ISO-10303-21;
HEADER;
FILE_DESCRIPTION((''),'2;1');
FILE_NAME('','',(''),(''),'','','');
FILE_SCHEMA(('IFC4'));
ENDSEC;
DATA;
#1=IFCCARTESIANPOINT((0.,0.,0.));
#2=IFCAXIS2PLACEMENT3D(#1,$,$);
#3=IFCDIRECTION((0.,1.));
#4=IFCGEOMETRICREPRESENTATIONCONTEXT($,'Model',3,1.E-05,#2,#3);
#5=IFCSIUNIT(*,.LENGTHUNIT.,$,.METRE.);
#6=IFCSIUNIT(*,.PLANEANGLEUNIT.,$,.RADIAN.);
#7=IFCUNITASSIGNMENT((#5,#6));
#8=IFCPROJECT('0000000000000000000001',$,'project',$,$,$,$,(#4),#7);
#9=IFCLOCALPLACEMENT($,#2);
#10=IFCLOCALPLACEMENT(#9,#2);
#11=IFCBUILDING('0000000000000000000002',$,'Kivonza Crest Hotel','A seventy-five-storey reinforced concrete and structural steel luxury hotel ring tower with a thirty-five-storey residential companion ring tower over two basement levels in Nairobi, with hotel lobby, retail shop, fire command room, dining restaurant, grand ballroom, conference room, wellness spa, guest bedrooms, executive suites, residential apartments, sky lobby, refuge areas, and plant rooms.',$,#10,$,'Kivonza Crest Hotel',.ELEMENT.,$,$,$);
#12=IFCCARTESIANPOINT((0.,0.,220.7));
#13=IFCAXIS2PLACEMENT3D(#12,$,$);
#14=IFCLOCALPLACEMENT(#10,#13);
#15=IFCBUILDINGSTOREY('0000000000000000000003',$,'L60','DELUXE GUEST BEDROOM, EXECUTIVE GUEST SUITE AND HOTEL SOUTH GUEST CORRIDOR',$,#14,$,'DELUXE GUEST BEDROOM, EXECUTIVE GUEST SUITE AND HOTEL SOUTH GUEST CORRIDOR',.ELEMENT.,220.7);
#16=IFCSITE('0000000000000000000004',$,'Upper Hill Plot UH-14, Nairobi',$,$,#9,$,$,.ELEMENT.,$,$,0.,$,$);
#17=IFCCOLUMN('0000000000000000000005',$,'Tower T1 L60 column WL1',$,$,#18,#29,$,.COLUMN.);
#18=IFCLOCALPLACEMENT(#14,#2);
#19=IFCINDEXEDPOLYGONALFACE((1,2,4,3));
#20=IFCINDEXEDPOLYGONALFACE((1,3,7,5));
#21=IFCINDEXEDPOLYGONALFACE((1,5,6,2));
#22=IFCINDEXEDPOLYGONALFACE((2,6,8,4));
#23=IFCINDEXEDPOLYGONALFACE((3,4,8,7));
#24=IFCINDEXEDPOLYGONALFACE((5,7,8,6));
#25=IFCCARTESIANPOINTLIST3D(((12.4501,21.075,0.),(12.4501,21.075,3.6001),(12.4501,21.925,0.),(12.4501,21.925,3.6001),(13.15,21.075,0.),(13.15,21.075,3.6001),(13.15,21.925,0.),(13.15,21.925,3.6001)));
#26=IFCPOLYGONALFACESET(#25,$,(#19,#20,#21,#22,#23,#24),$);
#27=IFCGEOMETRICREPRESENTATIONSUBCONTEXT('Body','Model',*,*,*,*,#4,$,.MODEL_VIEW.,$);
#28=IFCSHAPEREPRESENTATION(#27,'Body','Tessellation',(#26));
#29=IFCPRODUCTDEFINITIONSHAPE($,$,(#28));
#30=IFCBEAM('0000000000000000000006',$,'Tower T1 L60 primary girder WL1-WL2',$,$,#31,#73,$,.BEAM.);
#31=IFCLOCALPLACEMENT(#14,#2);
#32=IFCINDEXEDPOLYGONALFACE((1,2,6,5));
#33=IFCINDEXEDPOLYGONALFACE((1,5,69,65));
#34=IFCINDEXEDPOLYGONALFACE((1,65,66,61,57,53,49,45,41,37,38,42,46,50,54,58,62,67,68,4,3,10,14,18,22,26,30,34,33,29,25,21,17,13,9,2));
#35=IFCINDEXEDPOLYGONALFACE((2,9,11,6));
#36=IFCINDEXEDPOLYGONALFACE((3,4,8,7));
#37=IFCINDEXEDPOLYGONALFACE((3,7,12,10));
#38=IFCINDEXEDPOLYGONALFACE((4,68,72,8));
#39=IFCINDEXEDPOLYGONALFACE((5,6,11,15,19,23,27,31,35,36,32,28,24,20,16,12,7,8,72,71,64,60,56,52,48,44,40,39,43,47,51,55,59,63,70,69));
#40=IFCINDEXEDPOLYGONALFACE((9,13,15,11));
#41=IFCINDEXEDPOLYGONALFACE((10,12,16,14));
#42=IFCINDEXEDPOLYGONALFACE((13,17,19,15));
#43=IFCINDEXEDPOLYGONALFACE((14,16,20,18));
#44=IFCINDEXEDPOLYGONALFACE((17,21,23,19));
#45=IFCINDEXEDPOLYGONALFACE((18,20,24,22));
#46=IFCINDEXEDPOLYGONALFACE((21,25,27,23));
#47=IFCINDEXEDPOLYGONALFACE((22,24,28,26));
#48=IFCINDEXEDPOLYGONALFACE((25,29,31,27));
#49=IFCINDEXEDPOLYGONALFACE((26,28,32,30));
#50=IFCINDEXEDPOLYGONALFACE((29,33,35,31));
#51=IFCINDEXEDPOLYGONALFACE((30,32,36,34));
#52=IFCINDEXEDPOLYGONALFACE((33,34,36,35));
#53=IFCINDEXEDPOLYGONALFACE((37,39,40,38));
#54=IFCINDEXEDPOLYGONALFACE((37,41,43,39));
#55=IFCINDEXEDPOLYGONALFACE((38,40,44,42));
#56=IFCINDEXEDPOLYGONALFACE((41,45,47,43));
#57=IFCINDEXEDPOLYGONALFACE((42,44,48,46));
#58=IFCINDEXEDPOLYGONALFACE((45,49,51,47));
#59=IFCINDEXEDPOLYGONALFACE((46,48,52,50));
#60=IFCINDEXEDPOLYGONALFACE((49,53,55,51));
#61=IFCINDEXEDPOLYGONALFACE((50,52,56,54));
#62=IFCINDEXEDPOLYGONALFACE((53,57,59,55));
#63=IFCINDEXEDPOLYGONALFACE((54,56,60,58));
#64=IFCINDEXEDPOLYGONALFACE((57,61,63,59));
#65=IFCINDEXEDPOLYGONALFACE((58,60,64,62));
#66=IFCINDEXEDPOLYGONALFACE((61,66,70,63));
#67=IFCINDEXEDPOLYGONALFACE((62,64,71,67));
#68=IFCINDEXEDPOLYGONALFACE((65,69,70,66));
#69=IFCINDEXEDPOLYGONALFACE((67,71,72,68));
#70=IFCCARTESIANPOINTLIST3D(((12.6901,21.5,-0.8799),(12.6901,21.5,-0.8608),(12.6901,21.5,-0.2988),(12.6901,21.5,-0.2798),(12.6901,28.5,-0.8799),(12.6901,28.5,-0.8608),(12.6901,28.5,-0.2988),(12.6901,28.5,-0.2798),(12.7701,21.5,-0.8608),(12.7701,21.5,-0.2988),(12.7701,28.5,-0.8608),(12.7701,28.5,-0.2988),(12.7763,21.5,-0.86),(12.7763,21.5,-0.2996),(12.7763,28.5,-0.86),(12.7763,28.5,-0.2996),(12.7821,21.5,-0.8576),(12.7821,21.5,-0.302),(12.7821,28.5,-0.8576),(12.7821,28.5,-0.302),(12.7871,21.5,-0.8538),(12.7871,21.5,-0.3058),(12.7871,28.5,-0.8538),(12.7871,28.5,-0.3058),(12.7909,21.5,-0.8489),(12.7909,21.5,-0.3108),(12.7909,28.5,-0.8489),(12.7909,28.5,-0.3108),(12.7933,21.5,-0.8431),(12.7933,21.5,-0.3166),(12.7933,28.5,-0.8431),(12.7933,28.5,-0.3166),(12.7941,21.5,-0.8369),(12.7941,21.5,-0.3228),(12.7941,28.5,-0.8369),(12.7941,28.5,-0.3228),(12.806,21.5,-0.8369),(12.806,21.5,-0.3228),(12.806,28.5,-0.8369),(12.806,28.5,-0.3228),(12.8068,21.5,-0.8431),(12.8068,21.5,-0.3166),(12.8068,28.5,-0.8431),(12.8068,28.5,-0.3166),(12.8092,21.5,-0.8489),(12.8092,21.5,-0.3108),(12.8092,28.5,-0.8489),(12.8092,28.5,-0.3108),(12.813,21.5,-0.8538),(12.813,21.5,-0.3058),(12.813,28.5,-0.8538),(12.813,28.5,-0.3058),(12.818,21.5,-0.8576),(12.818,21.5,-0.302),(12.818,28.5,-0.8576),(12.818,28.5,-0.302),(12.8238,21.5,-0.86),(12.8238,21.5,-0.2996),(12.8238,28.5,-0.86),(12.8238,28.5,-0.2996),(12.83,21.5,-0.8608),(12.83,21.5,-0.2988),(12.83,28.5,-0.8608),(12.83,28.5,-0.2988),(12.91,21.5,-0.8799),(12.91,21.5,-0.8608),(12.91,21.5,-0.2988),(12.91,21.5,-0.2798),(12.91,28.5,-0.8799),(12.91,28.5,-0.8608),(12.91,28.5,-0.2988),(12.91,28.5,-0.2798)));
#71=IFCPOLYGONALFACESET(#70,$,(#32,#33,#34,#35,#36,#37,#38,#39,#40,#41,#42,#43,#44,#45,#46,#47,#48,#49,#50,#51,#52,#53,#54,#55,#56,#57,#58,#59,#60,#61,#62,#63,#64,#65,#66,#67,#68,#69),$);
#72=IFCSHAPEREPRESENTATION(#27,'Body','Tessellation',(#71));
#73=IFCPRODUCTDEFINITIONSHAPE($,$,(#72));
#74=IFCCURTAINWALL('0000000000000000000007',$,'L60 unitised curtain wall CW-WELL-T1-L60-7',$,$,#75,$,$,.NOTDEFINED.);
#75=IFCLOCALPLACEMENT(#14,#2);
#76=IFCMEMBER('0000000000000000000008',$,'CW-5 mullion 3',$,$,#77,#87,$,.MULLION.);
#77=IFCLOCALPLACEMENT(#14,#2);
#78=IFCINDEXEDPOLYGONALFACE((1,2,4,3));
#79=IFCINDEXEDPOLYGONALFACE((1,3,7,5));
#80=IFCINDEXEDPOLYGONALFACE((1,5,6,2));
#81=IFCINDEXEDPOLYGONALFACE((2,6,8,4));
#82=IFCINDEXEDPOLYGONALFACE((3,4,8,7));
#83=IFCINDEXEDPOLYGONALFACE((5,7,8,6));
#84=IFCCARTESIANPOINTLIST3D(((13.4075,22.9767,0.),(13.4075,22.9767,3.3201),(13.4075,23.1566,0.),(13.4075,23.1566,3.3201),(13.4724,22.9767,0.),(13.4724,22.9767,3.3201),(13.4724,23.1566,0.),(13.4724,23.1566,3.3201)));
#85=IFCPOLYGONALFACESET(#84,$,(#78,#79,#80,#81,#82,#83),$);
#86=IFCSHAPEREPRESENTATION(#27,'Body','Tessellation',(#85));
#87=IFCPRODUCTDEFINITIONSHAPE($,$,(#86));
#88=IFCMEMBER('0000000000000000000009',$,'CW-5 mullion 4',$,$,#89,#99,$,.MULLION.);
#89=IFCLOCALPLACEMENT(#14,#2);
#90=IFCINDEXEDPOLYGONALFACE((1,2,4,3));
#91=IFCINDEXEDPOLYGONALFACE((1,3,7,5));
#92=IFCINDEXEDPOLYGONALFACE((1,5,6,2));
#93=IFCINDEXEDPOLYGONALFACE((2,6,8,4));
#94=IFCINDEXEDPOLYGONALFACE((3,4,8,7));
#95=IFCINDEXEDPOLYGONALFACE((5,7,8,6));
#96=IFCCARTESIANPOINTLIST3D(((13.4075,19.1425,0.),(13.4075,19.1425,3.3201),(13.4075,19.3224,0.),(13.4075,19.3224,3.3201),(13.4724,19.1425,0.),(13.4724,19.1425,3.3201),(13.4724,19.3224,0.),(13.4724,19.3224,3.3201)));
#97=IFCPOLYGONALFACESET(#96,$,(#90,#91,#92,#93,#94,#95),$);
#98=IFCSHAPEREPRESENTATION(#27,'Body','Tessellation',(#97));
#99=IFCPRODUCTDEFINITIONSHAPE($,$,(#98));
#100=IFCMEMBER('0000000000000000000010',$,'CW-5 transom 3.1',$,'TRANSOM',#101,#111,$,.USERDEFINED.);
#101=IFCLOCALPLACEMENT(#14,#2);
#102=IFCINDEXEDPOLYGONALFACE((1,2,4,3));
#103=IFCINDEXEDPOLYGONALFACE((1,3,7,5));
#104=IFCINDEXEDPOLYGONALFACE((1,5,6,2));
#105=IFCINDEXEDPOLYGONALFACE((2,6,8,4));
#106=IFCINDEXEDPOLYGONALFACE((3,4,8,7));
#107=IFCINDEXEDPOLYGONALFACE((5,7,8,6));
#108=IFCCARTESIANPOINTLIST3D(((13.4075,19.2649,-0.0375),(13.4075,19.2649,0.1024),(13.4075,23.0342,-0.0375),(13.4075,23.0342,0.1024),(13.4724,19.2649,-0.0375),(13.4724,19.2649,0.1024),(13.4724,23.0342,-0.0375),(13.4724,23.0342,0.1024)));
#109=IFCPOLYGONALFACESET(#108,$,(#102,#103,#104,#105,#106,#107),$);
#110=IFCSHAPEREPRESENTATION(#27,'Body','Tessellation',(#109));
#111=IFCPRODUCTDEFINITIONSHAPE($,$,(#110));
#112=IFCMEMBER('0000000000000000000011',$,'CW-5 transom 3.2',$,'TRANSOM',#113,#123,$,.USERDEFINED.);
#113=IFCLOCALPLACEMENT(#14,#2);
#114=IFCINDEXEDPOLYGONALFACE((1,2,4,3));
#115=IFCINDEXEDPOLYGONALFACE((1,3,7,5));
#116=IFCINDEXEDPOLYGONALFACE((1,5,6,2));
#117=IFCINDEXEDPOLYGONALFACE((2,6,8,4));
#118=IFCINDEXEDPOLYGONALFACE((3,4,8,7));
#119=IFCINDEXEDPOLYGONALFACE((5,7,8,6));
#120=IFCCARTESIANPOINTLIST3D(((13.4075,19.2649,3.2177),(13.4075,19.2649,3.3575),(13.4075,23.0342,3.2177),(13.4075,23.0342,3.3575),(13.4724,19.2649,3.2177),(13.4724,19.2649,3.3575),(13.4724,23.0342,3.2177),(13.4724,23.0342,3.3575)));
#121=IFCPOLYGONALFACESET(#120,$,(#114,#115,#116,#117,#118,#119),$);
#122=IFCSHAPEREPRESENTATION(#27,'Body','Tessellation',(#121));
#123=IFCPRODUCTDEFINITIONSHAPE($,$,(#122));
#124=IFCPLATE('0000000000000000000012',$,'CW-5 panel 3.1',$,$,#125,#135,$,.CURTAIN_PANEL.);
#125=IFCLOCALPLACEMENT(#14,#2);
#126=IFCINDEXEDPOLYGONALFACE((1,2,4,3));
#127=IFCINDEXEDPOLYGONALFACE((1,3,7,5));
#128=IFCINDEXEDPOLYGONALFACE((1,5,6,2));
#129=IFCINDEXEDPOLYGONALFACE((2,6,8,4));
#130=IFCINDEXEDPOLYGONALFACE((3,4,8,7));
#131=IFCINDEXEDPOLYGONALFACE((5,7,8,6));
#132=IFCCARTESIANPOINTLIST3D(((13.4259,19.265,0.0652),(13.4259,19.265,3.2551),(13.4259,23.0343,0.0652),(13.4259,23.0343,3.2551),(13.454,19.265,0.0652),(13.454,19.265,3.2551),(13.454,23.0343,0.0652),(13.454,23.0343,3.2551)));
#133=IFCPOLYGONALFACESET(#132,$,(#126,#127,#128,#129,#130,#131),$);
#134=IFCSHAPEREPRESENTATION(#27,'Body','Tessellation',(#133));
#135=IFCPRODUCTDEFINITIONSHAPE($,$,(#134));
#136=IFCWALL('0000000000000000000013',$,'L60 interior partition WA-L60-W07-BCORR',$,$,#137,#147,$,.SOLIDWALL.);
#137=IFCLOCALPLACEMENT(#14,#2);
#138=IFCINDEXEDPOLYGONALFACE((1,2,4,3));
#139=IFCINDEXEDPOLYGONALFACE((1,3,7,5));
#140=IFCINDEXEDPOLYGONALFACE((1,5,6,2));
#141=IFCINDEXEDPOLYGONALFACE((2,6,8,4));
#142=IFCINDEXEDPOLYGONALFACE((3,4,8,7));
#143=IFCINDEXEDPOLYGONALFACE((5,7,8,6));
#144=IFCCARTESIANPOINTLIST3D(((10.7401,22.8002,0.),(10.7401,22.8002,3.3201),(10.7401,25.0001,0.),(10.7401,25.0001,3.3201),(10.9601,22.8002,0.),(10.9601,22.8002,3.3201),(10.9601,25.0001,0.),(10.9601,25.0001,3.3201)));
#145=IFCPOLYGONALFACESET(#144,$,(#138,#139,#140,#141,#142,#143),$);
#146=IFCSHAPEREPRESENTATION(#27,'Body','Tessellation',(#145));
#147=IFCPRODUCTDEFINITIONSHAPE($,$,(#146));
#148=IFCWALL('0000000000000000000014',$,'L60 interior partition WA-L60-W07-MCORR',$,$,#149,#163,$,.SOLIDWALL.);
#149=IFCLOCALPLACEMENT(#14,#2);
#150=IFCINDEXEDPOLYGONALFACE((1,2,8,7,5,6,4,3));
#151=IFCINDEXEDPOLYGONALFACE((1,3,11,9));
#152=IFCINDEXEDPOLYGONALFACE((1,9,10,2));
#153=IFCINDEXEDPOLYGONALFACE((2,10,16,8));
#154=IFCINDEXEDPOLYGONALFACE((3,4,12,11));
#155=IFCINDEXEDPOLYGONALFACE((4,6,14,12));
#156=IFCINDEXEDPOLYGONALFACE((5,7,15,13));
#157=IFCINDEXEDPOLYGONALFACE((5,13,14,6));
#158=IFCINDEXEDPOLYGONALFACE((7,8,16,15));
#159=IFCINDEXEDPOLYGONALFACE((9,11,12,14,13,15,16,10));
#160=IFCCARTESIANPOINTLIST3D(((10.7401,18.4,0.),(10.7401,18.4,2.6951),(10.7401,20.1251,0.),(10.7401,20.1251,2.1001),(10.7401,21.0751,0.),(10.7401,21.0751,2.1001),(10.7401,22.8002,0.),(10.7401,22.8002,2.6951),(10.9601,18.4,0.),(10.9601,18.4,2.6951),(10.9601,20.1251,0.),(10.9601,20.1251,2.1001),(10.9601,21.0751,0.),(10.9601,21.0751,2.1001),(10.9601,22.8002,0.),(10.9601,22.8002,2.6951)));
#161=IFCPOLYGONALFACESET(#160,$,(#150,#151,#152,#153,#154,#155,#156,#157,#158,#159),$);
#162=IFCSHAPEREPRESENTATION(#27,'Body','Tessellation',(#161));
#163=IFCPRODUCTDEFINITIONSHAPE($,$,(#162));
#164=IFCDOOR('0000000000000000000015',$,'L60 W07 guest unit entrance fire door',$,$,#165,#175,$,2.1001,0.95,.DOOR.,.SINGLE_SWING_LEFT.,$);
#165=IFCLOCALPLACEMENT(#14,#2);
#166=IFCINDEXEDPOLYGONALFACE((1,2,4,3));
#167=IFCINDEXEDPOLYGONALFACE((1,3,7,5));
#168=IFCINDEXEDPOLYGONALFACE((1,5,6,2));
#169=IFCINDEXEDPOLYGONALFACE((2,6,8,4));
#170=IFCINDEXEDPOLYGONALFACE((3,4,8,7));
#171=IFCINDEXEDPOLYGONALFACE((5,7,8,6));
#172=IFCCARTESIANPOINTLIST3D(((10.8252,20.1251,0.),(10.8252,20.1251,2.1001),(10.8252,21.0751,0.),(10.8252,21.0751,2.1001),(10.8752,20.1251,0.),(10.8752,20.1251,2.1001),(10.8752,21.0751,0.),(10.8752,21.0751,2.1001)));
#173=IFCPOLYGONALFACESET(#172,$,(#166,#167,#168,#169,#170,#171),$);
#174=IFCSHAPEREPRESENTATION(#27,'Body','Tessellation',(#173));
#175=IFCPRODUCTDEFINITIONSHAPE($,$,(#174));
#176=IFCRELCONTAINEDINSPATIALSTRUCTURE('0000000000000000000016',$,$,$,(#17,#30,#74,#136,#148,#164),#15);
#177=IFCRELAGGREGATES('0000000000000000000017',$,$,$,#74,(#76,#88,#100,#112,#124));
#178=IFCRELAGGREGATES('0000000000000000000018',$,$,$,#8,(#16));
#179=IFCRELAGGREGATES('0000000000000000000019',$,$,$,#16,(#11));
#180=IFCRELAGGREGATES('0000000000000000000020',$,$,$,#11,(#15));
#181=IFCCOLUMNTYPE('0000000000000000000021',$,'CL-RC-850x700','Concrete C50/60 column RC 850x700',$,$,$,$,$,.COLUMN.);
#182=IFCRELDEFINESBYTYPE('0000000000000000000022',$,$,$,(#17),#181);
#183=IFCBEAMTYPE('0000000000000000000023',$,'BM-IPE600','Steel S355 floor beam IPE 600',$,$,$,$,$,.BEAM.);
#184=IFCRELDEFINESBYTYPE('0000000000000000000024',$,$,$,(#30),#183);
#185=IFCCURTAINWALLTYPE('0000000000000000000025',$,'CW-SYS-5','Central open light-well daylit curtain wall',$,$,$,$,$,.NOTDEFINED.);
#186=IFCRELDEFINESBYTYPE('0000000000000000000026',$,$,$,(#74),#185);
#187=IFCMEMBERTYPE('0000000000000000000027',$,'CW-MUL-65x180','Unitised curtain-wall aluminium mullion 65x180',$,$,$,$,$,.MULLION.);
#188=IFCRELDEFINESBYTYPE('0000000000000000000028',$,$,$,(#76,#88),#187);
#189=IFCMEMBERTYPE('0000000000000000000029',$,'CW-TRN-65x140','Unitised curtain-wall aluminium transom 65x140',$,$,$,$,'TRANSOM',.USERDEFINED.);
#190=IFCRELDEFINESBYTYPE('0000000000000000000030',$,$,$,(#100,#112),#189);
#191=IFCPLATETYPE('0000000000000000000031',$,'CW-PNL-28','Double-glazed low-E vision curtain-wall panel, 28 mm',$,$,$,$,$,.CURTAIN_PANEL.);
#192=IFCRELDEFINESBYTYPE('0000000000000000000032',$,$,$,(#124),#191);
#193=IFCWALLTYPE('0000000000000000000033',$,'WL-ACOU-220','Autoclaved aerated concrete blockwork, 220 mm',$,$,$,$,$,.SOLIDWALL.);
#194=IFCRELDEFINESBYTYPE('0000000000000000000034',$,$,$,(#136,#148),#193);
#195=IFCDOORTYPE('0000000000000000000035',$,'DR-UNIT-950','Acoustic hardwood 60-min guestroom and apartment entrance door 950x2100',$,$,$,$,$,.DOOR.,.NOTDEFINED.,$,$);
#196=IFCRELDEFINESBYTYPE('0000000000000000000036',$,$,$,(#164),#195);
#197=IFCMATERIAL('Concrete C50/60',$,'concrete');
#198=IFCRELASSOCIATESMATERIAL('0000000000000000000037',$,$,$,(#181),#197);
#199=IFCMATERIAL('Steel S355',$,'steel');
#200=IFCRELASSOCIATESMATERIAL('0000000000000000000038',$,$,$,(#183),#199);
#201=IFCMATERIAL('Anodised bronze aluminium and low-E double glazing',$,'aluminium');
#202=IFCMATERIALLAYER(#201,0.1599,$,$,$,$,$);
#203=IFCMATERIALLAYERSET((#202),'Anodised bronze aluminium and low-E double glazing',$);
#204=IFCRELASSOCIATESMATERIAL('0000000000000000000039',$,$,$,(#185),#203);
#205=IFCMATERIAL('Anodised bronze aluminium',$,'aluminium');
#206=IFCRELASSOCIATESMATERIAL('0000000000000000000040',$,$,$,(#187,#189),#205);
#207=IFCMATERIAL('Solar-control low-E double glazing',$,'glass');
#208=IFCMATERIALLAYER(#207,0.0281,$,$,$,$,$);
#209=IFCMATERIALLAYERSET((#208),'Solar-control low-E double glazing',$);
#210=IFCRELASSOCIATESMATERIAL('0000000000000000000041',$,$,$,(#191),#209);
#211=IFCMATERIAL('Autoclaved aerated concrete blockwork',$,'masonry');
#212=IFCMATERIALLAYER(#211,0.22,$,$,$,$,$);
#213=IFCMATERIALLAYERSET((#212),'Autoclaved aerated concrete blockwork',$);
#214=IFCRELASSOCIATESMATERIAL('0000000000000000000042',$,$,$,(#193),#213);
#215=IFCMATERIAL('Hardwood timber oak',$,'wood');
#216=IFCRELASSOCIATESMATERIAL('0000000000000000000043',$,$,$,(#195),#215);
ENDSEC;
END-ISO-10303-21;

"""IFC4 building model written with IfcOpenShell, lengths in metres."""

from ifc_helpers import new_model, si_unit, direction, frame, frame_2d, origin, origin_2d, place, context, subcontext, project, spatial, rectangle, i_section, extrude, material, layer, layer_set, material_profile, profile_set, type_object, element, fill, aggregate, save


model = new_model("IFC4")

# Units and contexts
model_context = context("Model", 3, precision=1e-05, world=origin(), true_north=direction((0.0, 1.0)))
body_context = subcontext(model_context, "Body", "Model", "MODEL_VIEW")
ifc_project = project(units=[si_unit("LENGTHUNIT", "METRE"), si_unit("PLANEANGLEUNIT", "RADIAN")], contexts=[model_context])

# Site, building, storey
site_placement = place(None, origin())
site = spatial("IfcSite", under=ifc_project, at=site_placement, Name="Upper Hill Plot UH-14, Nairobi", CompositionType="ELEMENT", RefElevation=0.0)
building_placement = place(site_placement, origin())
building = spatial("IfcBuilding", under=site, at=building_placement, Name="Kivonza Crest Hotel", Description="A seventy-five-storey reinforced concrete and structural steel luxury hotel ring tower with a thirty-five-storey residential companion ring tower over two basement levels in Nairobi, with hotel lobby, retail shop, fire command room, dining restaurant, grand ballroom, conference room, wellness spa, guest bedrooms, executive suites, residential apartments, sky lobby, refuge areas, and plant rooms.", LongName="Kivonza Crest Hotel", CompositionType="ELEMENT")
storey_placement = place(building_placement, frame((0.0, 0.0, 220.7)))
storey = spatial("IfcBuildingStorey", under=building, at=storey_placement, Name="L60", Description="DELUXE GUEST BEDROOM, EXECUTIVE GUEST SUITE AND HOTEL SOUTH GUEST CORRIDOR", LongName="DELUXE GUEST BEDROOM, EXECUTIVE GUEST SUITE AND HOTEL SOUTH GUEST CORRIDOR", CompositionType="ELEMENT", Elevation=220.7)

# Column
ifc_material_1 = material(Name="Concrete C50/60", Category="concrete")
ifc_material_profile_1 = material_profile(ifc_material_1, rectangle(XDim=0.7, YDim=0.8501, at=origin_2d()), Name="RC 850x700")
ifc_profile_set_1 = profile_set([ifc_material_profile_1], Name="Concrete C50/60")
column_type = type_object("IfcColumnType", Name="CL-RC-850x700", Description="Concrete C50/60 column RC 850x700", PredefinedType="COLUMN", material=ifc_profile_set_1)
column_placement = place(storey_placement, frame((12.8, 21.5, 0.0), z_axis=(0.0, 0.0, 1.0), x_axis=(1.0, 0.0, 0.0)))
element("IfcColumn", 1, at=column_placement, inside=storey, type_object=column_type, Name="Tower T1 L60 column WL1", PredefinedType="COLUMN", context=body_context, shape_type="SweptSolid", body=[
    extrude(rectangle(XDim=0.7, YDim=0.8501, at=origin_2d()), origin(), (0.0, 0.0, 1.0), 3.6001),
])

# Beam
ifc_material_2 = material(Name="Steel S355", Category="steel")
ifc_material_profile_2 = material_profile(ifc_material_2, i_section(OverallWidth=0.22, OverallDepth=0.6001, WebThickness=0.012, FlangeThickness=0.019, FilletRadius=0.0239, at=origin_2d()), Name="IPE 600")
ifc_profile_set_2 = profile_set([ifc_material_profile_2], Name="Steel S355")
beam_type = type_object("IfcBeamType", Name="BM-IPE600", Description="Steel S355 floor beam IPE 600", PredefinedType="BEAM", material=ifc_profile_set_2)
beam_placement = place(storey_placement, frame((12.8, 21.5, -0.5798), z_axis=(0.0, 1.0, 0.0), x_axis=(-1.0, 0.0, 0.0)))
element("IfcBeam", 2, at=beam_placement, inside=storey, type_object=beam_type, Name="Tower T1 L60 primary girder WL1-WL2", PredefinedType="BEAM", context=body_context, shape_type="SweptSolid", body=[
    extrude(i_section(OverallWidth=0.22, OverallDepth=0.6001, WebThickness=0.012, FlangeThickness=0.019, FilletRadius=0.0239, at=origin_2d()), origin(), (0.0, 0.0, 1.0), 7.0),
])

# Curtain wall, members, plate
ifc_material_3 = material(Name="Anodised bronze aluminium and low-E double glazing", Category="aluminium")
ifc_layer_1 = layer(ifc_material_3, 0.1599)
ifc_layer_set_1 = layer_set([ifc_layer_1], Name="Anodised bronze aluminium and low-E double glazing")
curtain_wall_type = type_object("IfcCurtainWallType", Name="CW-SYS-5", Description="Central open light-well daylit curtain wall", PredefinedType="NOTDEFINED", material=ifc_layer_set_1)
curtain_wall_placement = place(storey_placement, origin())
curtain_wall = element("IfcCurtainWall", 3, at=curtain_wall_placement, inside=storey, type_object=curtain_wall_type, Name="L60 unitised curtain wall CW-WELL-T1-L60-7", PredefinedType="NOTDEFINED")
ifc_material_4 = material(Name="Anodised bronze aluminium", Category="aluminium")
ifc_material_profile_3 = material_profile(ifc_material_4, rectangle(XDim=0.0649, YDim=0.1799, at=origin_2d()), Name="CW-M 65x180")
ifc_profile_set_3 = profile_set([ifc_material_profile_3], Name="Anodised bronze aluminium")
member_type_1 = type_object("IfcMemberType", Name="CW-MUL-65x180", Description="Unitised curtain-wall aluminium mullion 65x180", PredefinedType="MULLION", material=ifc_profile_set_3)
member_1_placement = place(storey_placement, frame((13.4399, 23.0667, 0.0), z_axis=(0.0, 0.0, 1.0), x_axis=(1.0, 0.0, 0.0)))
member_1 = element("IfcMember", 4, at=member_1_placement, type_object=member_type_1, Name="CW-5 mullion 3", PredefinedType="MULLION", context=body_context, shape_type="SweptSolid", body=[
    extrude(rectangle(XDim=0.0649, YDim=0.1799, at=origin_2d()), origin(), (0.0, 0.0, 1.0), 3.3201),
])
member_2_placement = place(storey_placement, frame((13.4399, 19.2324, 0.0), z_axis=(0.0, 0.0, 1.0), x_axis=(1.0, 0.0, 0.0)))
member_2 = element("IfcMember", 5, at=member_2_placement, type_object=member_type_1, Name="CW-5 mullion 4", PredefinedType="MULLION", context=body_context, shape_type="SweptSolid", body=[
    extrude(rectangle(XDim=0.0649, YDim=0.1799, at=origin_2d()), origin(), (0.0, 0.0, 1.0), 3.3201),
])
ifc_material_profile_4 = material_profile(ifc_material_4, rectangle(XDim=0.0649, YDim=0.1399, at=origin_2d()), Name="CW-T 65x140")
ifc_profile_set_4 = profile_set([ifc_material_profile_4], Name="Anodised bronze aluminium")
member_type_2 = type_object("IfcMemberType", Name="CW-TRN-65x140", Description="Unitised curtain-wall aluminium transom 65x140", ElementType="TRANSOM", PredefinedType="USERDEFINED", material=ifc_profile_set_4)
member_3_placement = place(storey_placement, frame((13.4399, 23.0342, 0.0325), z_axis=(0.0, -1.0, 0.0), x_axis=(1.0, 0.0, 0.0)))
member_3 = element("IfcMember", 6, at=member_3_placement, type_object=member_type_2, Name="CW-5 transom 3.1", ObjectType="TRANSOM", PredefinedType="USERDEFINED", context=body_context, shape_type="SweptSolid", body=[
    extrude(rectangle(XDim=0.0649, YDim=0.1399, at=origin_2d()), origin(), (0.0, 0.0, 1.0), 3.7693),
])
member_4_placement = place(storey_placement, frame((13.4399, 23.0342, 3.2876), z_axis=(0.0, -1.0, 0.0), x_axis=(1.0, 0.0, 0.0)))
member_4 = element("IfcMember", 7, at=member_4_placement, type_object=member_type_2, Name="CW-5 transom 3.2", ObjectType="TRANSOM", PredefinedType="USERDEFINED", context=body_context, shape_type="SweptSolid", body=[
    extrude(rectangle(XDim=0.0649, YDim=0.1399, at=origin_2d()), origin(), (0.0, 0.0, 1.0), 3.7693),
])
ifc_material_5 = material(Name="Solar-control low-E double glazing", Category="glass")
ifc_layer_2 = layer(ifc_material_5, 0.0281)
ifc_layer_set_2 = layer_set([ifc_layer_2], Name="Solar-control low-E double glazing")
plate_type = type_object("IfcPlateType", Name="CW-PNL-28", Description="Double-glazed low-E vision curtain-wall panel, 28 mm", PredefinedType="CURTAIN_PANEL", material=ifc_layer_set_2)
plate_placement = place(storey_placement, frame((13.4399, 21.1497, 0.0652), z_axis=(0.0, 0.0, 1.0), x_axis=(0.0, -1.0, 0.0)))
plate = element("IfcPlate", 8, at=plate_placement, type_object=plate_type, Name="CW-5 panel 3.1", PredefinedType="CURTAIN_PANEL", context=body_context, shape_type="SweptSolid", body=[
    extrude(rectangle(XDim=3.7693, YDim=0.0281, at=origin_2d()), origin(), (0.0, 0.0, 1.0), 3.1899),
])
aggregate(curtain_wall, [member_1, member_2, member_3, member_4, plate])

# Wall
ifc_material_6 = material(Name="Autoclaved aerated concrete blockwork", Category="masonry")
ifc_layer_3 = layer(ifc_material_6, 0.22)
ifc_layer_set_3 = layer_set([ifc_layer_3], Name="Autoclaved aerated concrete blockwork")
wall_type_1 = type_object("IfcWallType", Name="WL-ACOU-220", Description="Autoclaved aerated concrete blockwork, 220 mm", PredefinedType="SOLIDWALL", material=ifc_layer_set_3)
wall_1_placement = place(storey_placement, frame((10.8501, 22.8, 0.0), z_axis=(0.0, 0.0, 1.0), x_axis=(0.0, 1.0, 0.0)))
element("IfcWall", 9, at=wall_1_placement, inside=storey, type_object=wall_type_1, Name="L60 interior partition WA-L60-W07-BCORR", PredefinedType="SOLIDWALL", context=body_context, shape_type="SweptSolid", body=[
    extrude(rectangle(XDim=2.2, YDim=0.22, at=frame_2d((1.1001, 0.0))), origin(), (0.0, 0.0, 1.0), 3.3201),
])

# Wall, opening, door
wall_2_placement = place(storey_placement, frame((10.8501, 18.3999, 0.0), z_axis=(0.0, 0.0, 1.0), x_axis=(0.0, 1.0, 0.0)))
wall_2 = element("IfcWall", 10, at=wall_2_placement, inside=storey, type_object=wall_type_1, Name="L60 interior partition WA-L60-W07-MCORR", PredefinedType="SOLIDWALL", context=body_context, shape_type="SweptSolid", body=[
    extrude(rectangle(XDim=4.4001, YDim=0.22, at=frame_2d((2.2002, 0.0))), origin(), (0.0, 0.0, 1.0), 2.6951),
])
opening_1_placement = place(wall_2_placement, frame((1.7251, 0.0, 0.0)))
opening_1 = element("IfcOpeningElement", 11, at=opening_1_placement, cuts=wall_2, PredefinedType="OPENING", context=body_context, shape_type="SweptSolid", body=[
    extrude(rectangle(XDim=0.95, YDim=2.1001, at=frame_2d((0.4751, 1.05))), frame((0.0, 0.1201, 0.0), z_axis=(0.0, -1.0, 0.0), x_axis=(1.0, 0.0, 0.0)), (0.0, 0.0, 1.0), 0.24),
])
ifc_material_7 = material(Name="Hardwood timber oak", Category="wood")
door_type_1 = type_object("IfcDoorType", Name="DR-UNIT-950", Description="Acoustic hardwood 60-min guestroom and apartment entrance door 950x2100", OperationType="NOTDEFINED", PredefinedType="DOOR", material=ifc_material_7)
door_1_placement = place(opening_1_placement, origin())
door_1 = element("IfcDoor", 12, at=door_1_placement, inside=storey, type_object=door_type_1, Name="L60 W07 guest unit entrance fire door", OperationType="SINGLE_SWING_LEFT", OverallHeight=2.1001, OverallWidth=0.95, PredefinedType="DOOR", context=body_context, shape_type="SweptSolid", body=[
    extrude(rectangle(XDim=0.95, YDim=2.1001, at=frame_2d((0.4751, 1.05))), frame((0.0, 0.0249, 0.0), z_axis=(0.0, -1.0, 0.0), x_axis=(1.0, 0.0, 0.0)), (0.0, 0.0, 1.0), 0.05),
])
fill(opening_1, door_1)

save(model, "model.ifc")
